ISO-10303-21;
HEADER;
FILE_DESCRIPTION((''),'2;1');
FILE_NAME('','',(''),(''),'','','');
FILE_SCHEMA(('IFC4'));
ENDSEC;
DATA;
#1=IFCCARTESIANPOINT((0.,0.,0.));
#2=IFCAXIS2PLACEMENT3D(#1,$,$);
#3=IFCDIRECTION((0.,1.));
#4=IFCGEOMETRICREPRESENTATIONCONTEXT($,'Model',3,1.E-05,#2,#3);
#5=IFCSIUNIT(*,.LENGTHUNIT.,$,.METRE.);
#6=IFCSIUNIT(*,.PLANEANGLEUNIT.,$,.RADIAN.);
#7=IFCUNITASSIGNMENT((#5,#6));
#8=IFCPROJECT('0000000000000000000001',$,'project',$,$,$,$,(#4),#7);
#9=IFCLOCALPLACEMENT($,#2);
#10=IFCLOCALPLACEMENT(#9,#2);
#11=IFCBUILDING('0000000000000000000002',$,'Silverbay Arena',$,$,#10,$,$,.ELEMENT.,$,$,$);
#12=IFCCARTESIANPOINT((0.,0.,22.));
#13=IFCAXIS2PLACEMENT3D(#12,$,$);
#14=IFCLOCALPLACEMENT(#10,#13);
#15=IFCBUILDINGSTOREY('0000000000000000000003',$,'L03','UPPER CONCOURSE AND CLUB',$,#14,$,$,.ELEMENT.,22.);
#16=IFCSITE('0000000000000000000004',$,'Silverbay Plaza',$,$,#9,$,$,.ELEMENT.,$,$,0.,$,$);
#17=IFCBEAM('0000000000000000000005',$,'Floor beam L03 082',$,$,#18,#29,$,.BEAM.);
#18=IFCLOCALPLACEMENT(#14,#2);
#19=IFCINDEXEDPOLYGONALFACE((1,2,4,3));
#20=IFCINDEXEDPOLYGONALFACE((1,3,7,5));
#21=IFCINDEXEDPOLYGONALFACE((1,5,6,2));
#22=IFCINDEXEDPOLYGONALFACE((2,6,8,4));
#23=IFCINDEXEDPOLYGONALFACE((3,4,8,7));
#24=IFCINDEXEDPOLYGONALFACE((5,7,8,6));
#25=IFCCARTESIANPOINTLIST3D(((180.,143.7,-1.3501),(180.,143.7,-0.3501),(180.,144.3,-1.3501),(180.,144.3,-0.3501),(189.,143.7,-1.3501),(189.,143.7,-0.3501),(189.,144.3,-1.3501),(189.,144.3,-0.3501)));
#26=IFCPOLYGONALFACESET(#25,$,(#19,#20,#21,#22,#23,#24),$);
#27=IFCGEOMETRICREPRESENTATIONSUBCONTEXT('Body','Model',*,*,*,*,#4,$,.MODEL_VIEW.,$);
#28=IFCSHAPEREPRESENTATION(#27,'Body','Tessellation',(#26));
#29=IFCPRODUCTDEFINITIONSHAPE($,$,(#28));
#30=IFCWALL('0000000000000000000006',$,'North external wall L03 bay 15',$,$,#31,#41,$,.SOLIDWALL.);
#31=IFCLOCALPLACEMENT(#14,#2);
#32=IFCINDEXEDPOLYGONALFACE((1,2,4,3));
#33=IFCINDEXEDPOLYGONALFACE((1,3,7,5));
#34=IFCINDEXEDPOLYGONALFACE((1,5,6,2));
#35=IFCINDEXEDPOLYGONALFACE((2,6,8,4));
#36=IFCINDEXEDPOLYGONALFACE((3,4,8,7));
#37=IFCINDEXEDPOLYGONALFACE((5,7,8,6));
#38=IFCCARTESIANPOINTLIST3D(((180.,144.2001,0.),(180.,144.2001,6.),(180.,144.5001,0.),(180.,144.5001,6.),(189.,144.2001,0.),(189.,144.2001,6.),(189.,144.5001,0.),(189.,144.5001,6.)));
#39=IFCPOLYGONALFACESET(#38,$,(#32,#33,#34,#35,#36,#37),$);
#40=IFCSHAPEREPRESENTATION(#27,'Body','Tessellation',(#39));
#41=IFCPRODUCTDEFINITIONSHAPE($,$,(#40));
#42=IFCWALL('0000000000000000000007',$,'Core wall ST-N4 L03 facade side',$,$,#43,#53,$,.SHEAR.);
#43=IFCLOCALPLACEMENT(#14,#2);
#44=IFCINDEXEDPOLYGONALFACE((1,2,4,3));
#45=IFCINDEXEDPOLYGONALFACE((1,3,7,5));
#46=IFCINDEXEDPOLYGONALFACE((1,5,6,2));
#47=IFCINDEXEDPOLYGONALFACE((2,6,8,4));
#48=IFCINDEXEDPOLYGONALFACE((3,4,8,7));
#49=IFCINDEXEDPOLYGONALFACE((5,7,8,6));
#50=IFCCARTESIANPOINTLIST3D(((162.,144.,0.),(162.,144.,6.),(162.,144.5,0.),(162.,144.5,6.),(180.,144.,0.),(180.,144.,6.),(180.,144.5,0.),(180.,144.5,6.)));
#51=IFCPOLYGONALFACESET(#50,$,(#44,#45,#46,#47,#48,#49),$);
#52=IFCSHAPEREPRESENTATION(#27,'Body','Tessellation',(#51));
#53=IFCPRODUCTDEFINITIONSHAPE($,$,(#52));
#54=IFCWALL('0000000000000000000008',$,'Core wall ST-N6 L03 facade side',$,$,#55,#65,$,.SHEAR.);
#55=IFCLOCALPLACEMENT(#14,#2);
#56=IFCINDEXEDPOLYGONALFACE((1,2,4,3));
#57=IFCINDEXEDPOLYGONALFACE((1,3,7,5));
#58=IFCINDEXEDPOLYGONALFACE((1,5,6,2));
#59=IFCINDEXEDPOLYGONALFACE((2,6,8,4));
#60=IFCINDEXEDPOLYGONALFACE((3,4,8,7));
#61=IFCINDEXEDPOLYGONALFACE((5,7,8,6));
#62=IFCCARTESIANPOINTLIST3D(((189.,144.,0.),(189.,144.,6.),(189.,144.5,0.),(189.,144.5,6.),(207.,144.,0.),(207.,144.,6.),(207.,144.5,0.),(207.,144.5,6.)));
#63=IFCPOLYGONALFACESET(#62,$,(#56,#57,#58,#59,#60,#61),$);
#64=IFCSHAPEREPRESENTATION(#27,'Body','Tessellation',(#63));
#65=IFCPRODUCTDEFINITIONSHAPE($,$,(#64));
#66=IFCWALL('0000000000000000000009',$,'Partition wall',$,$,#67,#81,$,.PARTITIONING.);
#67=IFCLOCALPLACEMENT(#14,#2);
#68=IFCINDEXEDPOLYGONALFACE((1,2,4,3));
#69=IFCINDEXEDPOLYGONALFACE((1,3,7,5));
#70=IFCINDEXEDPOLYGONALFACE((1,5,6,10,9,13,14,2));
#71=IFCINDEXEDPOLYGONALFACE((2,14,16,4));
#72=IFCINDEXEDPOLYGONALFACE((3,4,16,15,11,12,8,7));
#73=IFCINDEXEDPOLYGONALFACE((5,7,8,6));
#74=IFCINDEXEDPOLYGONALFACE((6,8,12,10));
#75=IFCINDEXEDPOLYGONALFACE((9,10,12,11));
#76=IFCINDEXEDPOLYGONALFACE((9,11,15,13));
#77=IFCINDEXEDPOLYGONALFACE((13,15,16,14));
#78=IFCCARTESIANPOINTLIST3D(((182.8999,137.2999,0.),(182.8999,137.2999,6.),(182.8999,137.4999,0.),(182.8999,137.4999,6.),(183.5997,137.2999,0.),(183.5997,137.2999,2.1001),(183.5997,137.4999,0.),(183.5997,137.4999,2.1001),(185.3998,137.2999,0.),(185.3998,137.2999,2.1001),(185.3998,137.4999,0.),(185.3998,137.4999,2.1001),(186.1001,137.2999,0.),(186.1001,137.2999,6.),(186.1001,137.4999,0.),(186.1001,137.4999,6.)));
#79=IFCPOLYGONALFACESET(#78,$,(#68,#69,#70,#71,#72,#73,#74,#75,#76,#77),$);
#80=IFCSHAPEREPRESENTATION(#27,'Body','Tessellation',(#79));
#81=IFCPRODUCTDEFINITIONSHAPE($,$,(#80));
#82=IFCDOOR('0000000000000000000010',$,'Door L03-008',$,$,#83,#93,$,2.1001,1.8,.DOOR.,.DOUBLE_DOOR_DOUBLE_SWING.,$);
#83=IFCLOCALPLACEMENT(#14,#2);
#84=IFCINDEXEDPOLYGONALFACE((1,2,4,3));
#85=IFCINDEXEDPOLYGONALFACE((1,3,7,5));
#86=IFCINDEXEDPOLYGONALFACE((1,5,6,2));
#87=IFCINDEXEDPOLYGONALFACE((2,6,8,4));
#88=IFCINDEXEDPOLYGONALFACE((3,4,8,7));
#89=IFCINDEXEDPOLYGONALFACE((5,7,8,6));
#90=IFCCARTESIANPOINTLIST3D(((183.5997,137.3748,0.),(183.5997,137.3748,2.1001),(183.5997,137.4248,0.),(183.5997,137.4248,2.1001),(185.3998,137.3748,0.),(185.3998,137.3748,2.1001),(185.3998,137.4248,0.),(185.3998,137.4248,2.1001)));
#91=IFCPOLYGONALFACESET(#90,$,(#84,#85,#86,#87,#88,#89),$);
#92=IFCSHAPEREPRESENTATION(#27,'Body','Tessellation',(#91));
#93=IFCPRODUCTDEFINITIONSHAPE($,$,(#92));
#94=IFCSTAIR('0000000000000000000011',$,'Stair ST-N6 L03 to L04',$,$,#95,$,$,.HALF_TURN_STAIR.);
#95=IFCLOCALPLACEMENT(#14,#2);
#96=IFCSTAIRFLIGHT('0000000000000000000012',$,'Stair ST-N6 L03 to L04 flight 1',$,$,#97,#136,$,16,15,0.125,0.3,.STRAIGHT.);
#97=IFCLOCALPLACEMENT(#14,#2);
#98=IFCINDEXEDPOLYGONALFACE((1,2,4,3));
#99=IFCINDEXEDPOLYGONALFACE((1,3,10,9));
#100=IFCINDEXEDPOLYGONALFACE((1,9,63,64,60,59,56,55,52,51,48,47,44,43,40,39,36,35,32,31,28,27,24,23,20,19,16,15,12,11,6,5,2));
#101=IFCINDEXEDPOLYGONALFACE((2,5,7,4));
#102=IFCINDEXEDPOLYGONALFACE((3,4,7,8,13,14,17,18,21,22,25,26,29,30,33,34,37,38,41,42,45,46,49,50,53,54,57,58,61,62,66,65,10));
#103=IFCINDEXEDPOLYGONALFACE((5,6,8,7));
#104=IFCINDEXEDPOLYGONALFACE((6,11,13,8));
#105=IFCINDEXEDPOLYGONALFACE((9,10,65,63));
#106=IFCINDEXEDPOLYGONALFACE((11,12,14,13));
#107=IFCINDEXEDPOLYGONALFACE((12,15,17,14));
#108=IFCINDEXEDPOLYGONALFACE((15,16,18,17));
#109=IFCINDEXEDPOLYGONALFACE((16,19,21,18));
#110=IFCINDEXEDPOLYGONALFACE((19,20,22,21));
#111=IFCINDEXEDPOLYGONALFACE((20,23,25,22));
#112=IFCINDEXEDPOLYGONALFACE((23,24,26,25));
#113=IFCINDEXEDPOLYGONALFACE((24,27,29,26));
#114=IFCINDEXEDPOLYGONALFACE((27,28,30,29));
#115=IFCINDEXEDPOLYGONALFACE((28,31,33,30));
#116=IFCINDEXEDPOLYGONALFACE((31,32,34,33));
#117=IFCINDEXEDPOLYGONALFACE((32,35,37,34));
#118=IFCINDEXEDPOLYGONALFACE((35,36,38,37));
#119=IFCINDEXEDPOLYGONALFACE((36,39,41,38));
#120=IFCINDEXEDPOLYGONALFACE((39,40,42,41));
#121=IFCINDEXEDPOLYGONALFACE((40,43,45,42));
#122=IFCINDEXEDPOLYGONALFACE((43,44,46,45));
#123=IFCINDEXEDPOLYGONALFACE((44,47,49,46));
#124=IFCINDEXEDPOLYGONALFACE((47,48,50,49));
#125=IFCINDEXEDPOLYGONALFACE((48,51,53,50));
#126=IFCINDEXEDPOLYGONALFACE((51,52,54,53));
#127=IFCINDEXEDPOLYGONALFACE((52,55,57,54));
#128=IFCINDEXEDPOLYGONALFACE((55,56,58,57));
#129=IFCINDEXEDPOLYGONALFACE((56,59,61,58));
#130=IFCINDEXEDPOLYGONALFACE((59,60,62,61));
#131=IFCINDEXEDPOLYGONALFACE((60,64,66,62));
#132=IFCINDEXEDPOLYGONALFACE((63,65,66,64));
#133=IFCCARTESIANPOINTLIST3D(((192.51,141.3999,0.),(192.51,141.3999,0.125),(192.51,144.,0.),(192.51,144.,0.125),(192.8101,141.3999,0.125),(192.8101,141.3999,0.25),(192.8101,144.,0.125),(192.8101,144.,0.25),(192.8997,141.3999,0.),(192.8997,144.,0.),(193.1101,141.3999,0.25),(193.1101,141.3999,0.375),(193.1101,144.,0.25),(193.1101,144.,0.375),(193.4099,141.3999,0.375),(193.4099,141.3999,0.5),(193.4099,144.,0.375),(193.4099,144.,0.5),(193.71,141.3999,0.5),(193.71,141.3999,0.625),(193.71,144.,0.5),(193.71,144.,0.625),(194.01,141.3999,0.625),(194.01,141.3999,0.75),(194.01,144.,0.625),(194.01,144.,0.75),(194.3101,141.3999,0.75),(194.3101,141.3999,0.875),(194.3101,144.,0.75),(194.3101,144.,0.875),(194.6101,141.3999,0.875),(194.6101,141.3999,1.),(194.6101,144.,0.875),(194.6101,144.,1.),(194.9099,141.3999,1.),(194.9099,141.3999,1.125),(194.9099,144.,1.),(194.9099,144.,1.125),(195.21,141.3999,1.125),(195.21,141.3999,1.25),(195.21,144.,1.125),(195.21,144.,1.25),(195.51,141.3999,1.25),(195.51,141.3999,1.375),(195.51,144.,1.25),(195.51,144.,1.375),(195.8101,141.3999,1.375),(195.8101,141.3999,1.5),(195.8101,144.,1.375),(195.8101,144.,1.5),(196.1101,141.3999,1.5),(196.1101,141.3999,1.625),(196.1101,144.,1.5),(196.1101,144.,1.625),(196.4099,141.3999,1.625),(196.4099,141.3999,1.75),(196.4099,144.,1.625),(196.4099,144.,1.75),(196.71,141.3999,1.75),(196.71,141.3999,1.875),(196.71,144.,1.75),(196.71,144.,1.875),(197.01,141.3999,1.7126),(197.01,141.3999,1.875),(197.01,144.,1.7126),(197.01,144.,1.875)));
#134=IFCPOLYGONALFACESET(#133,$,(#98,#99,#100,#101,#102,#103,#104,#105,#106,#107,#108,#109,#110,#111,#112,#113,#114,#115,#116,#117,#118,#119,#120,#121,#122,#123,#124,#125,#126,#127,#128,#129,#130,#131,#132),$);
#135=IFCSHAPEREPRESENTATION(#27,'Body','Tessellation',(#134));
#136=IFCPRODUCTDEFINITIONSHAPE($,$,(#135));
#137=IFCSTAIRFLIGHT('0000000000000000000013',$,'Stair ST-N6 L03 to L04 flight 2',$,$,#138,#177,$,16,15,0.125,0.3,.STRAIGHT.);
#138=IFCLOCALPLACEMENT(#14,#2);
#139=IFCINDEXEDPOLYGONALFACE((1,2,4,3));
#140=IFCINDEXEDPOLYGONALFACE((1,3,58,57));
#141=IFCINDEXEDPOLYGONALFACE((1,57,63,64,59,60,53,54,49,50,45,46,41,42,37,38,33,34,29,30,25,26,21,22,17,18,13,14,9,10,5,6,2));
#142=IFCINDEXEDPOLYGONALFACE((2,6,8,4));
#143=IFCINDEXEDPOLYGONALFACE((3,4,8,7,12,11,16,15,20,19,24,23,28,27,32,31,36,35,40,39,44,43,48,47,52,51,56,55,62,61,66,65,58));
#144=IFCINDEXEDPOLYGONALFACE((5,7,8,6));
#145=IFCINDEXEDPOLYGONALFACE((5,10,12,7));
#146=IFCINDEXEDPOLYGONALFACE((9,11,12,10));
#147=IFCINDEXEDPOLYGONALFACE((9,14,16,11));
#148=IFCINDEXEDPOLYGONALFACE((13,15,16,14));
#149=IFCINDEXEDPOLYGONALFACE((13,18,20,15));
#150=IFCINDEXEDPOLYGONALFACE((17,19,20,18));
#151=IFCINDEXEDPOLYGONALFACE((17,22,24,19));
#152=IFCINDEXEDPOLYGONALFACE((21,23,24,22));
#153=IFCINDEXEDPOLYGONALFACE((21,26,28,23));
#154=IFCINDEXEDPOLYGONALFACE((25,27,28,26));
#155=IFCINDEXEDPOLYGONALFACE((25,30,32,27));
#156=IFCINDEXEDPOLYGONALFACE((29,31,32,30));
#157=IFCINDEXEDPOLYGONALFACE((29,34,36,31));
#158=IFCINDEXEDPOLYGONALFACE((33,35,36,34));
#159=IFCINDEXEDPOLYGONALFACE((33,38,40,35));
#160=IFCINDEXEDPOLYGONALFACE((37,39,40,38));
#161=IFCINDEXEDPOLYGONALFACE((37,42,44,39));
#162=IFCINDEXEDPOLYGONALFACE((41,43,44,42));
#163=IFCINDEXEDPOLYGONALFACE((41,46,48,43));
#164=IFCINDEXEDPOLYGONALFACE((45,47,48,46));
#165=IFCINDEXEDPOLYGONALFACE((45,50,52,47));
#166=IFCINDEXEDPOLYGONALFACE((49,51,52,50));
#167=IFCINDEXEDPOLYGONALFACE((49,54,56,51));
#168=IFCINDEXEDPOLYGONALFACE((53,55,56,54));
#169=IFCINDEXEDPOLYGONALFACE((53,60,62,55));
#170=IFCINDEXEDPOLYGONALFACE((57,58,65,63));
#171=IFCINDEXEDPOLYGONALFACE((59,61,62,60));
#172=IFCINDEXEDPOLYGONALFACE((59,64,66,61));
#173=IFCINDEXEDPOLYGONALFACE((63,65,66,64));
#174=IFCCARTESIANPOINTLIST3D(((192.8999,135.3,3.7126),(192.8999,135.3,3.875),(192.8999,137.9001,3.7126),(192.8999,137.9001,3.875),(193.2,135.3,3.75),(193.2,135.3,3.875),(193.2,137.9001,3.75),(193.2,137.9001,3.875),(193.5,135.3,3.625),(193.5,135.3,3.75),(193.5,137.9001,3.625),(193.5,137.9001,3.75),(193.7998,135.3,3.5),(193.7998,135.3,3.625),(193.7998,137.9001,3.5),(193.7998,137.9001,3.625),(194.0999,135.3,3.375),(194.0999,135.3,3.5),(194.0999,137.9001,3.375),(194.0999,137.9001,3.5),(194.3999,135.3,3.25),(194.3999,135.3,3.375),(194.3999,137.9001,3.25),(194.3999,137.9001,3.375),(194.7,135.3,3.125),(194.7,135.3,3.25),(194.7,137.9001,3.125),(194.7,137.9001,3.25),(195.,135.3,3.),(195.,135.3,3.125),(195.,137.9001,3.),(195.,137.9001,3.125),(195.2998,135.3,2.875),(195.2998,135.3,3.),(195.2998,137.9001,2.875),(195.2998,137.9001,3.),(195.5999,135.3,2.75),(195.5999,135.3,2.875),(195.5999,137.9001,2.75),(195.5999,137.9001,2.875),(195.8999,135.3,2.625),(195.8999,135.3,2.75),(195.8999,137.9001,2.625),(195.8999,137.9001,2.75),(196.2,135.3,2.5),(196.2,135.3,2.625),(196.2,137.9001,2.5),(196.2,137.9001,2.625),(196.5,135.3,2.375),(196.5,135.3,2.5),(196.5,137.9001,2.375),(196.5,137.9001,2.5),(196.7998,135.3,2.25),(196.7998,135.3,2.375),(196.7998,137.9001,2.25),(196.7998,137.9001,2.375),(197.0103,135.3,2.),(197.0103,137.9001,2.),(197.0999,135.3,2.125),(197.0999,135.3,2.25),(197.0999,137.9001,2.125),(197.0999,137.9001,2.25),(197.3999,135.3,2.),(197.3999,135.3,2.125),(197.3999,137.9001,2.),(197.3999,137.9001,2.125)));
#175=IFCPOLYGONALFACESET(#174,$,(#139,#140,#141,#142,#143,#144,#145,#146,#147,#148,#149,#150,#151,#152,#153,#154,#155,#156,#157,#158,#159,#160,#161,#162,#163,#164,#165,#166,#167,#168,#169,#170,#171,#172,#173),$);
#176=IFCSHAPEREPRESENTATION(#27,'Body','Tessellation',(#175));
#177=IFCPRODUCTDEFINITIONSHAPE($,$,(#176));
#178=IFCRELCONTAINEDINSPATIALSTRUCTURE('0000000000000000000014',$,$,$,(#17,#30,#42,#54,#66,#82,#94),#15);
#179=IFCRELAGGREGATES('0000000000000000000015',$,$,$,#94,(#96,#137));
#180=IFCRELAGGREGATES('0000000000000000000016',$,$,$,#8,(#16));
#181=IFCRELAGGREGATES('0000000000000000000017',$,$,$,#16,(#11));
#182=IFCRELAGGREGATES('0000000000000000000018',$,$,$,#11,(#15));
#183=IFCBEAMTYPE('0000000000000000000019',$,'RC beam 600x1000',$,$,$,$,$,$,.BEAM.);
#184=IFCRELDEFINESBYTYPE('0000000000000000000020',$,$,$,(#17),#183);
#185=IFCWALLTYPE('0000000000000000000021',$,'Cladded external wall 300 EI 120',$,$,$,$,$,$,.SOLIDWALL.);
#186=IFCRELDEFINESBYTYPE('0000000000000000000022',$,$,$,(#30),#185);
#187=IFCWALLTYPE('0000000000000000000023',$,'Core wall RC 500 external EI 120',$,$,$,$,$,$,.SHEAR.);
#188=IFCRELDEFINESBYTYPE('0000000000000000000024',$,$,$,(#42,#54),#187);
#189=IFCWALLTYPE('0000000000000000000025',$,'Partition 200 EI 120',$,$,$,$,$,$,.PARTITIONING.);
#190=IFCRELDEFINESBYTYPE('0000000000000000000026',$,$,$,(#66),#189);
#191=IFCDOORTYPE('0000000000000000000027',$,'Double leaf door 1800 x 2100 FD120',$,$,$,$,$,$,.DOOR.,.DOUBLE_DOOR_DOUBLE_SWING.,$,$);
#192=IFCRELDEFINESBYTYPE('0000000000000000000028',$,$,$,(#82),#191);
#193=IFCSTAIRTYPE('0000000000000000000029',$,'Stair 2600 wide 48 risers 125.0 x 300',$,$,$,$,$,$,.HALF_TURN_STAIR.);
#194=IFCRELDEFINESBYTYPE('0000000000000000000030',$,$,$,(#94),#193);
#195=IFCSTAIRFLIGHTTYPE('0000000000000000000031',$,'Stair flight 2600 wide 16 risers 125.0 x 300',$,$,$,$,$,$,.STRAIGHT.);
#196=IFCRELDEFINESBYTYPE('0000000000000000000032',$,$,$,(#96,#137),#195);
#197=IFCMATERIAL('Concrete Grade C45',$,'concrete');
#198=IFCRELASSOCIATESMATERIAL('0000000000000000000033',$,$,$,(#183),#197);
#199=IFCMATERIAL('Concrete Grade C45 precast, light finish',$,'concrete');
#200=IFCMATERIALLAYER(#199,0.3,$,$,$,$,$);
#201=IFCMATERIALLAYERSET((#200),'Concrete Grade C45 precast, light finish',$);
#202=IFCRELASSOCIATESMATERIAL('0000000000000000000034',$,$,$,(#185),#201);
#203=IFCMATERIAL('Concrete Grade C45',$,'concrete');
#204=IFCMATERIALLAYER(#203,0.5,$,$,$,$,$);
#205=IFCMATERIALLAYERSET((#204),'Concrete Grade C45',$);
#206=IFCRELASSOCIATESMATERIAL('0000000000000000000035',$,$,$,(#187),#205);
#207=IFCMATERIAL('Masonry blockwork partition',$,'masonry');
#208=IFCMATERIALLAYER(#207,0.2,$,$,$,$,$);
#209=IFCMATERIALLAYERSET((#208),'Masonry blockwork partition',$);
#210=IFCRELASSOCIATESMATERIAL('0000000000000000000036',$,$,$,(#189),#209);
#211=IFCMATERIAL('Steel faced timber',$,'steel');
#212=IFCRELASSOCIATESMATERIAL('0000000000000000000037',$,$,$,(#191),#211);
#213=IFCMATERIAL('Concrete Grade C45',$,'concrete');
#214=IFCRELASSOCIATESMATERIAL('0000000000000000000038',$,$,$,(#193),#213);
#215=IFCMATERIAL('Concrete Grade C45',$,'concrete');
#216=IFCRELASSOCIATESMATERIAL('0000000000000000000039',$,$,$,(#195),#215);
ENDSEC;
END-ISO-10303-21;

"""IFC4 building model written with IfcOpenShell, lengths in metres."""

from ifc_helpers import new_model, si_unit, direction, frame, frame_2d, origin, origin_2d, place, context, subcontext, project, spatial, polyline, rectangle, outline, extrude, material, layer, layer_set, material_profile, profile_set, type_object, element, fill, aggregate, save


model = new_model("IFC4")

# Units and contexts
model_context = context("Model", 3, precision=1e-05, world=origin(), true_north=direction((0.0, 1.0)))
body_context = subcontext(model_context, "Body", "Model", "MODEL_VIEW")
ifc_project = project(units=[si_unit("LENGTHUNIT", "METRE"), si_unit("PLANEANGLEUNIT", "RADIAN")], contexts=[model_context])

# Site, building, storey
site_placement = place(None, origin())
site = spatial("IfcSite", under=ifc_project, at=site_placement, Name="Silverbay Plaza", CompositionType="ELEMENT", RefElevation=0.0)
building_placement = place(site_placement, origin())
building = spatial("IfcBuilding", under=site, at=building_placement, Name="Silverbay Arena", CompositionType="ELEMENT")
storey_placement = place(building_placement, frame((0.0, 0.0, 22.0)))
storey = spatial("IfcBuildingStorey", under=building, at=storey_placement, Name="L03", Description="UPPER CONCOURSE AND CLUB", CompositionType="ELEMENT", Elevation=22.0)

# Beam
ifc_material_1 = material(Name="Concrete Grade C45", Category="concrete")
ifc_material_profile = material_profile(ifc_material_1, rectangle(XDim=0.6001, YDim=1.0, at=origin_2d()), Name="RC 600x1000")
ifc_profile_set = profile_set([ifc_material_profile], Name="Concrete Grade C45")
beam_type = type_object("IfcBeamType", Name="RC beam 600x1000", PredefinedType="BEAM", material=ifc_profile_set)
beam_placement = place(storey_placement, frame((180.0, 144.0, -0.8501), z_axis=(1.0, 0.0, 0.0), x_axis=(0.0, 1.0, 0.0)))
element("IfcBeam", 1, at=beam_placement, inside=storey, type_object=beam_type, Name="Floor beam L03 082", PredefinedType="BEAM", context=body_context, shape_type="SweptSolid", body=[
    extrude(rectangle(XDim=0.6001, YDim=1.0, at=origin_2d()), origin(), (0.0, 0.0, 1.0), 9.0),
])

# Walls
ifc_material_2 = material(Name="Concrete Grade C45 precast, light finish", Category="concrete")
ifc_layer_1 = layer(ifc_material_2, 0.3)
ifc_layer_set_1 = layer_set([ifc_layer_1], Name="Concrete Grade C45 precast, light finish")
wall_type_1 = type_object("IfcWallType", Name="Cladded external wall 300 EI 120", PredefinedType="SOLIDWALL", material=ifc_layer_set_1)
wall_1_placement = place(storey_placement, frame((189.0, 144.3501, 0.0), z_axis=(0.0, 0.0, 1.0), x_axis=(-1.0, 0.0, 0.0)))
element("IfcWall", 2, at=wall_1_placement, inside=storey, type_object=wall_type_1, Name="North external wall L03 bay 15", PredefinedType="SOLIDWALL", context=body_context, shape_type="SweptSolid", body=[
    extrude(rectangle(XDim=9.0, YDim=0.3, at=frame_2d((4.5, 0.0))), origin(), (0.0, 0.0, 1.0), 6.0),
])
ifc_material_3 = material(Name="Concrete Grade C45", Category="concrete")
ifc_layer_2 = layer(ifc_material_3, 0.5)
ifc_layer_set_2 = layer_set([ifc_layer_2], Name="Concrete Grade C45")
wall_type_2 = type_object("IfcWallType", Name="Core wall RC 500 external EI 120", PredefinedType="SHEAR", material=ifc_layer_set_2)
for number, where, z_axis, x_axis, name in (
    (3, (180.0, 144.25, 0.0), (0.0, 0.0, 1.0), (-1.0, 0.0, 0.0), "Core wall ST-N4 L03 facade side"),
    (4, (189.0, 144.25, 0.0), (0.0, 0.0, 1.0), (1.0, 0.0, 0.0), "Core wall ST-N6 L03 facade side"),
):
    element("IfcWall", number, at=place(storey_placement, frame(where, z_axis=z_axis, x_axis=x_axis)), inside=storey, type_object=wall_type_2, Name=name, PredefinedType="SHEAR", context=body_context, shape_type="SweptSolid", body=[
        extrude(rectangle(XDim=18.0, YDim=0.5, at=frame_2d((9.0, 0.0))), origin(), (0.0, 0.0, 1.0), 6.0),
    ])

# Wall, opening, door
ifc_material_4 = material(Name="Masonry blockwork partition", Category="masonry")
ifc_layer_3 = layer(ifc_material_4, 0.2)
ifc_layer_set_3 = layer_set([ifc_layer_3], Name="Masonry blockwork partition")
wall_type_3 = type_object("IfcWallType", Name="Partition 200 EI 120", PredefinedType="PARTITIONING", material=ifc_layer_set_3)
wall_2_placement = place(storey_placement, frame((182.8999, 137.3999, 0.0), z_axis=(0.0, 0.0, 1.0), x_axis=(1.0, 0.0, 0.0)))
wall_2 = element("IfcWall", 5, at=wall_2_placement, inside=storey, type_object=wall_type_3, Name="Partition wall", PredefinedType="PARTITIONING", context=body_context, shape_type="SweptSolid", body=[
    extrude(rectangle(XDim=3.2002, YDim=0.2, at=frame_2d((1.6001, 0.0))), origin(), (0.0, 0.0, 1.0), 6.0),
])
opening_placement = place(wall_2_placement, frame((0.7, 0.0, 0.0)))
opening = element("IfcOpeningElement", 6, at=opening_placement, cuts=wall_2, PredefinedType="OPENING", context=body_context, shape_type="SweptSolid", body=[
    extrude(rectangle(XDim=1.8, YDim=2.1001, at=frame_2d((0.8999, 1.05))), frame((0.0, 0.1099, 0.0), z_axis=(0.0, -1.0, 0.0), x_axis=(1.0, 0.0, 0.0)), (0.0, 0.0, 1.0), 0.22),
])
ifc_material_5 = material(Name="Steel faced timber", Category="steel")
door_type = type_object("IfcDoorType", Name="Double leaf door 1800 x 2100 FD120", OperationType="DOUBLE_DOOR_DOUBLE_SWING", PredefinedType="DOOR", material=ifc_material_5)
door_placement = place(opening_placement, origin())
door = element("IfcDoor", 7, at=door_placement, inside=storey, type_object=door_type, Name="Door L03-008", OperationType="DOUBLE_DOOR_DOUBLE_SWING", OverallHeight=2.1001, OverallWidth=1.8, PredefinedType="DOOR", context=body_context, shape_type="SweptSolid", body=[
    extrude(rectangle(XDim=1.8, YDim=2.1001, at=frame_2d((0.8999, 1.05))), frame((0.0, 0.0249, 0.0), z_axis=(0.0, -1.0, 0.0), x_axis=(1.0, 0.0, 0.0)), (0.0, 0.0, 1.0), 0.05),
])
fill(opening, door)

# Stair, stair flights
ifc_material_6 = material(Name="Concrete Grade C45", Category="concrete")
stair_type = type_object("IfcStairType", Name="Stair 2600 wide 48 risers 125.0 x 300", PredefinedType="HALF_TURN_STAIR", material=ifc_material_6)
stair_placement = place(storey_placement, origin())
stair = element("IfcStair", 8, at=stair_placement, inside=storey, type_object=stair_type, Name="Stair ST-N6 L03 to L04", PredefinedType="HALF_TURN_STAIR")
ifc_material_7 = material(Name="Concrete Grade C45", Category="concrete")
stair_flight_type = type_object("IfcStairFlightType", Name="Stair flight 2600 wide 16 risers 125.0 x 300", PredefinedType="STRAIGHT", material=ifc_material_7)
stair_flight_1_placement = place(storey_placement, frame((192.51, 142.7, 0.0), z_axis=(0.0, 0.0, 1.0), x_axis=(1.0, 0.0, 0.0)))
stair_flight_1 = element("IfcStairFlight", 9, at=stair_flight_1_placement, type_object=stair_flight_type, Name="Stair ST-N6 L03 to L04 flight 1", NumberOfRisers=16, NumberOfTreads=15, PredefinedType="STRAIGHT", RiserHeight=0.125, TreadLength=0.3, context=body_context, shape_type="SweptSolid", body=[
    extrude(outline(polyline([(0.0, 0.0), (0.0, 0.125), (0.3, 0.125), (0.3, 0.25), (0.6001, 0.25), (0.6001, 0.375), (0.8999, 0.375), (0.8999, 0.5), (1.2, 0.5), (1.2, 0.625), (1.5, 0.625), (1.5, 0.75), (1.8, 0.75), (1.8, 0.875), (2.1001, 0.875), (2.1001, 1.0), (2.3999, 1.0), (2.3999, 1.125), (2.7, 1.125), (2.7, 1.25), (3.0, 1.25), (3.0, 1.375), (3.3, 1.375), (3.3, 1.5), (3.6001, 1.5), (3.6001, 1.625), (3.8999, 1.625), (3.8999, 1.75), (4.2, 1.75), (4.2, 1.875), (4.5, 1.875), (4.5, 1.7126), (0.3896, 0.0), (0.0, 0.0)])), frame((0.0, 1.3, 0.0), z_axis=(0.0, -1.0, 0.0), x_axis=(1.0, 0.0, 0.0)), (0.0, 0.0, 1.0), 2.6001),
])
stair_flight_2_placement = place(storey_placement, frame((197.3999, 136.6001, 2.0), z_axis=(0.0, 0.0, 1.0), x_axis=(-1.0, 0.0, 0.0)))
stair_flight_2 = element("IfcStairFlight", 10, at=stair_flight_2_placement, type_object=stair_flight_type, Name="Stair ST-N6 L03 to L04 flight 2", NumberOfRisers=16, NumberOfTreads=15, PredefinedType="STRAIGHT", RiserHeight=0.125, TreadLength=0.3, context=body_context, shape_type="SweptSolid", body=[
    extrude(outline(polyline([(0.0, 0.0), (0.0, 0.125), (0.3, 0.125), (0.3, 0.25), (0.6001, 0.25), (0.6001, 0.375), (0.8999, 0.375), (0.8999, 0.5), (1.2, 0.5), (1.2, 0.625), (1.5, 0.625), (1.5, 0.75), (1.8, 0.75), (1.8, 0.875), (2.1001, 0.875), (2.1001, 1.0), (2.3999, 1.0), (2.3999, 1.125), (2.7, 1.125), (2.7, 1.25), (3.0, 1.25), (3.0, 1.375), (3.3, 1.375), (3.3, 1.5), (3.6001, 1.5), (3.6001, 1.625), (3.8999, 1.625), (3.8999, 1.75), (4.2, 1.75), (4.2, 1.875), (4.5, 1.875), (4.5, 1.7126), (0.3896, 0.0), (0.0, 0.0)])), frame((0.0, 1.3, 0.0), z_axis=(0.0, -1.0, 0.0), x_axis=(1.0, 0.0, 0.0)), (0.0, 0.0, 1.0), 2.6001),
])
aggregate(stair, [stair_flight_1, stair_flight_2])

save(model, "model.ifc")
